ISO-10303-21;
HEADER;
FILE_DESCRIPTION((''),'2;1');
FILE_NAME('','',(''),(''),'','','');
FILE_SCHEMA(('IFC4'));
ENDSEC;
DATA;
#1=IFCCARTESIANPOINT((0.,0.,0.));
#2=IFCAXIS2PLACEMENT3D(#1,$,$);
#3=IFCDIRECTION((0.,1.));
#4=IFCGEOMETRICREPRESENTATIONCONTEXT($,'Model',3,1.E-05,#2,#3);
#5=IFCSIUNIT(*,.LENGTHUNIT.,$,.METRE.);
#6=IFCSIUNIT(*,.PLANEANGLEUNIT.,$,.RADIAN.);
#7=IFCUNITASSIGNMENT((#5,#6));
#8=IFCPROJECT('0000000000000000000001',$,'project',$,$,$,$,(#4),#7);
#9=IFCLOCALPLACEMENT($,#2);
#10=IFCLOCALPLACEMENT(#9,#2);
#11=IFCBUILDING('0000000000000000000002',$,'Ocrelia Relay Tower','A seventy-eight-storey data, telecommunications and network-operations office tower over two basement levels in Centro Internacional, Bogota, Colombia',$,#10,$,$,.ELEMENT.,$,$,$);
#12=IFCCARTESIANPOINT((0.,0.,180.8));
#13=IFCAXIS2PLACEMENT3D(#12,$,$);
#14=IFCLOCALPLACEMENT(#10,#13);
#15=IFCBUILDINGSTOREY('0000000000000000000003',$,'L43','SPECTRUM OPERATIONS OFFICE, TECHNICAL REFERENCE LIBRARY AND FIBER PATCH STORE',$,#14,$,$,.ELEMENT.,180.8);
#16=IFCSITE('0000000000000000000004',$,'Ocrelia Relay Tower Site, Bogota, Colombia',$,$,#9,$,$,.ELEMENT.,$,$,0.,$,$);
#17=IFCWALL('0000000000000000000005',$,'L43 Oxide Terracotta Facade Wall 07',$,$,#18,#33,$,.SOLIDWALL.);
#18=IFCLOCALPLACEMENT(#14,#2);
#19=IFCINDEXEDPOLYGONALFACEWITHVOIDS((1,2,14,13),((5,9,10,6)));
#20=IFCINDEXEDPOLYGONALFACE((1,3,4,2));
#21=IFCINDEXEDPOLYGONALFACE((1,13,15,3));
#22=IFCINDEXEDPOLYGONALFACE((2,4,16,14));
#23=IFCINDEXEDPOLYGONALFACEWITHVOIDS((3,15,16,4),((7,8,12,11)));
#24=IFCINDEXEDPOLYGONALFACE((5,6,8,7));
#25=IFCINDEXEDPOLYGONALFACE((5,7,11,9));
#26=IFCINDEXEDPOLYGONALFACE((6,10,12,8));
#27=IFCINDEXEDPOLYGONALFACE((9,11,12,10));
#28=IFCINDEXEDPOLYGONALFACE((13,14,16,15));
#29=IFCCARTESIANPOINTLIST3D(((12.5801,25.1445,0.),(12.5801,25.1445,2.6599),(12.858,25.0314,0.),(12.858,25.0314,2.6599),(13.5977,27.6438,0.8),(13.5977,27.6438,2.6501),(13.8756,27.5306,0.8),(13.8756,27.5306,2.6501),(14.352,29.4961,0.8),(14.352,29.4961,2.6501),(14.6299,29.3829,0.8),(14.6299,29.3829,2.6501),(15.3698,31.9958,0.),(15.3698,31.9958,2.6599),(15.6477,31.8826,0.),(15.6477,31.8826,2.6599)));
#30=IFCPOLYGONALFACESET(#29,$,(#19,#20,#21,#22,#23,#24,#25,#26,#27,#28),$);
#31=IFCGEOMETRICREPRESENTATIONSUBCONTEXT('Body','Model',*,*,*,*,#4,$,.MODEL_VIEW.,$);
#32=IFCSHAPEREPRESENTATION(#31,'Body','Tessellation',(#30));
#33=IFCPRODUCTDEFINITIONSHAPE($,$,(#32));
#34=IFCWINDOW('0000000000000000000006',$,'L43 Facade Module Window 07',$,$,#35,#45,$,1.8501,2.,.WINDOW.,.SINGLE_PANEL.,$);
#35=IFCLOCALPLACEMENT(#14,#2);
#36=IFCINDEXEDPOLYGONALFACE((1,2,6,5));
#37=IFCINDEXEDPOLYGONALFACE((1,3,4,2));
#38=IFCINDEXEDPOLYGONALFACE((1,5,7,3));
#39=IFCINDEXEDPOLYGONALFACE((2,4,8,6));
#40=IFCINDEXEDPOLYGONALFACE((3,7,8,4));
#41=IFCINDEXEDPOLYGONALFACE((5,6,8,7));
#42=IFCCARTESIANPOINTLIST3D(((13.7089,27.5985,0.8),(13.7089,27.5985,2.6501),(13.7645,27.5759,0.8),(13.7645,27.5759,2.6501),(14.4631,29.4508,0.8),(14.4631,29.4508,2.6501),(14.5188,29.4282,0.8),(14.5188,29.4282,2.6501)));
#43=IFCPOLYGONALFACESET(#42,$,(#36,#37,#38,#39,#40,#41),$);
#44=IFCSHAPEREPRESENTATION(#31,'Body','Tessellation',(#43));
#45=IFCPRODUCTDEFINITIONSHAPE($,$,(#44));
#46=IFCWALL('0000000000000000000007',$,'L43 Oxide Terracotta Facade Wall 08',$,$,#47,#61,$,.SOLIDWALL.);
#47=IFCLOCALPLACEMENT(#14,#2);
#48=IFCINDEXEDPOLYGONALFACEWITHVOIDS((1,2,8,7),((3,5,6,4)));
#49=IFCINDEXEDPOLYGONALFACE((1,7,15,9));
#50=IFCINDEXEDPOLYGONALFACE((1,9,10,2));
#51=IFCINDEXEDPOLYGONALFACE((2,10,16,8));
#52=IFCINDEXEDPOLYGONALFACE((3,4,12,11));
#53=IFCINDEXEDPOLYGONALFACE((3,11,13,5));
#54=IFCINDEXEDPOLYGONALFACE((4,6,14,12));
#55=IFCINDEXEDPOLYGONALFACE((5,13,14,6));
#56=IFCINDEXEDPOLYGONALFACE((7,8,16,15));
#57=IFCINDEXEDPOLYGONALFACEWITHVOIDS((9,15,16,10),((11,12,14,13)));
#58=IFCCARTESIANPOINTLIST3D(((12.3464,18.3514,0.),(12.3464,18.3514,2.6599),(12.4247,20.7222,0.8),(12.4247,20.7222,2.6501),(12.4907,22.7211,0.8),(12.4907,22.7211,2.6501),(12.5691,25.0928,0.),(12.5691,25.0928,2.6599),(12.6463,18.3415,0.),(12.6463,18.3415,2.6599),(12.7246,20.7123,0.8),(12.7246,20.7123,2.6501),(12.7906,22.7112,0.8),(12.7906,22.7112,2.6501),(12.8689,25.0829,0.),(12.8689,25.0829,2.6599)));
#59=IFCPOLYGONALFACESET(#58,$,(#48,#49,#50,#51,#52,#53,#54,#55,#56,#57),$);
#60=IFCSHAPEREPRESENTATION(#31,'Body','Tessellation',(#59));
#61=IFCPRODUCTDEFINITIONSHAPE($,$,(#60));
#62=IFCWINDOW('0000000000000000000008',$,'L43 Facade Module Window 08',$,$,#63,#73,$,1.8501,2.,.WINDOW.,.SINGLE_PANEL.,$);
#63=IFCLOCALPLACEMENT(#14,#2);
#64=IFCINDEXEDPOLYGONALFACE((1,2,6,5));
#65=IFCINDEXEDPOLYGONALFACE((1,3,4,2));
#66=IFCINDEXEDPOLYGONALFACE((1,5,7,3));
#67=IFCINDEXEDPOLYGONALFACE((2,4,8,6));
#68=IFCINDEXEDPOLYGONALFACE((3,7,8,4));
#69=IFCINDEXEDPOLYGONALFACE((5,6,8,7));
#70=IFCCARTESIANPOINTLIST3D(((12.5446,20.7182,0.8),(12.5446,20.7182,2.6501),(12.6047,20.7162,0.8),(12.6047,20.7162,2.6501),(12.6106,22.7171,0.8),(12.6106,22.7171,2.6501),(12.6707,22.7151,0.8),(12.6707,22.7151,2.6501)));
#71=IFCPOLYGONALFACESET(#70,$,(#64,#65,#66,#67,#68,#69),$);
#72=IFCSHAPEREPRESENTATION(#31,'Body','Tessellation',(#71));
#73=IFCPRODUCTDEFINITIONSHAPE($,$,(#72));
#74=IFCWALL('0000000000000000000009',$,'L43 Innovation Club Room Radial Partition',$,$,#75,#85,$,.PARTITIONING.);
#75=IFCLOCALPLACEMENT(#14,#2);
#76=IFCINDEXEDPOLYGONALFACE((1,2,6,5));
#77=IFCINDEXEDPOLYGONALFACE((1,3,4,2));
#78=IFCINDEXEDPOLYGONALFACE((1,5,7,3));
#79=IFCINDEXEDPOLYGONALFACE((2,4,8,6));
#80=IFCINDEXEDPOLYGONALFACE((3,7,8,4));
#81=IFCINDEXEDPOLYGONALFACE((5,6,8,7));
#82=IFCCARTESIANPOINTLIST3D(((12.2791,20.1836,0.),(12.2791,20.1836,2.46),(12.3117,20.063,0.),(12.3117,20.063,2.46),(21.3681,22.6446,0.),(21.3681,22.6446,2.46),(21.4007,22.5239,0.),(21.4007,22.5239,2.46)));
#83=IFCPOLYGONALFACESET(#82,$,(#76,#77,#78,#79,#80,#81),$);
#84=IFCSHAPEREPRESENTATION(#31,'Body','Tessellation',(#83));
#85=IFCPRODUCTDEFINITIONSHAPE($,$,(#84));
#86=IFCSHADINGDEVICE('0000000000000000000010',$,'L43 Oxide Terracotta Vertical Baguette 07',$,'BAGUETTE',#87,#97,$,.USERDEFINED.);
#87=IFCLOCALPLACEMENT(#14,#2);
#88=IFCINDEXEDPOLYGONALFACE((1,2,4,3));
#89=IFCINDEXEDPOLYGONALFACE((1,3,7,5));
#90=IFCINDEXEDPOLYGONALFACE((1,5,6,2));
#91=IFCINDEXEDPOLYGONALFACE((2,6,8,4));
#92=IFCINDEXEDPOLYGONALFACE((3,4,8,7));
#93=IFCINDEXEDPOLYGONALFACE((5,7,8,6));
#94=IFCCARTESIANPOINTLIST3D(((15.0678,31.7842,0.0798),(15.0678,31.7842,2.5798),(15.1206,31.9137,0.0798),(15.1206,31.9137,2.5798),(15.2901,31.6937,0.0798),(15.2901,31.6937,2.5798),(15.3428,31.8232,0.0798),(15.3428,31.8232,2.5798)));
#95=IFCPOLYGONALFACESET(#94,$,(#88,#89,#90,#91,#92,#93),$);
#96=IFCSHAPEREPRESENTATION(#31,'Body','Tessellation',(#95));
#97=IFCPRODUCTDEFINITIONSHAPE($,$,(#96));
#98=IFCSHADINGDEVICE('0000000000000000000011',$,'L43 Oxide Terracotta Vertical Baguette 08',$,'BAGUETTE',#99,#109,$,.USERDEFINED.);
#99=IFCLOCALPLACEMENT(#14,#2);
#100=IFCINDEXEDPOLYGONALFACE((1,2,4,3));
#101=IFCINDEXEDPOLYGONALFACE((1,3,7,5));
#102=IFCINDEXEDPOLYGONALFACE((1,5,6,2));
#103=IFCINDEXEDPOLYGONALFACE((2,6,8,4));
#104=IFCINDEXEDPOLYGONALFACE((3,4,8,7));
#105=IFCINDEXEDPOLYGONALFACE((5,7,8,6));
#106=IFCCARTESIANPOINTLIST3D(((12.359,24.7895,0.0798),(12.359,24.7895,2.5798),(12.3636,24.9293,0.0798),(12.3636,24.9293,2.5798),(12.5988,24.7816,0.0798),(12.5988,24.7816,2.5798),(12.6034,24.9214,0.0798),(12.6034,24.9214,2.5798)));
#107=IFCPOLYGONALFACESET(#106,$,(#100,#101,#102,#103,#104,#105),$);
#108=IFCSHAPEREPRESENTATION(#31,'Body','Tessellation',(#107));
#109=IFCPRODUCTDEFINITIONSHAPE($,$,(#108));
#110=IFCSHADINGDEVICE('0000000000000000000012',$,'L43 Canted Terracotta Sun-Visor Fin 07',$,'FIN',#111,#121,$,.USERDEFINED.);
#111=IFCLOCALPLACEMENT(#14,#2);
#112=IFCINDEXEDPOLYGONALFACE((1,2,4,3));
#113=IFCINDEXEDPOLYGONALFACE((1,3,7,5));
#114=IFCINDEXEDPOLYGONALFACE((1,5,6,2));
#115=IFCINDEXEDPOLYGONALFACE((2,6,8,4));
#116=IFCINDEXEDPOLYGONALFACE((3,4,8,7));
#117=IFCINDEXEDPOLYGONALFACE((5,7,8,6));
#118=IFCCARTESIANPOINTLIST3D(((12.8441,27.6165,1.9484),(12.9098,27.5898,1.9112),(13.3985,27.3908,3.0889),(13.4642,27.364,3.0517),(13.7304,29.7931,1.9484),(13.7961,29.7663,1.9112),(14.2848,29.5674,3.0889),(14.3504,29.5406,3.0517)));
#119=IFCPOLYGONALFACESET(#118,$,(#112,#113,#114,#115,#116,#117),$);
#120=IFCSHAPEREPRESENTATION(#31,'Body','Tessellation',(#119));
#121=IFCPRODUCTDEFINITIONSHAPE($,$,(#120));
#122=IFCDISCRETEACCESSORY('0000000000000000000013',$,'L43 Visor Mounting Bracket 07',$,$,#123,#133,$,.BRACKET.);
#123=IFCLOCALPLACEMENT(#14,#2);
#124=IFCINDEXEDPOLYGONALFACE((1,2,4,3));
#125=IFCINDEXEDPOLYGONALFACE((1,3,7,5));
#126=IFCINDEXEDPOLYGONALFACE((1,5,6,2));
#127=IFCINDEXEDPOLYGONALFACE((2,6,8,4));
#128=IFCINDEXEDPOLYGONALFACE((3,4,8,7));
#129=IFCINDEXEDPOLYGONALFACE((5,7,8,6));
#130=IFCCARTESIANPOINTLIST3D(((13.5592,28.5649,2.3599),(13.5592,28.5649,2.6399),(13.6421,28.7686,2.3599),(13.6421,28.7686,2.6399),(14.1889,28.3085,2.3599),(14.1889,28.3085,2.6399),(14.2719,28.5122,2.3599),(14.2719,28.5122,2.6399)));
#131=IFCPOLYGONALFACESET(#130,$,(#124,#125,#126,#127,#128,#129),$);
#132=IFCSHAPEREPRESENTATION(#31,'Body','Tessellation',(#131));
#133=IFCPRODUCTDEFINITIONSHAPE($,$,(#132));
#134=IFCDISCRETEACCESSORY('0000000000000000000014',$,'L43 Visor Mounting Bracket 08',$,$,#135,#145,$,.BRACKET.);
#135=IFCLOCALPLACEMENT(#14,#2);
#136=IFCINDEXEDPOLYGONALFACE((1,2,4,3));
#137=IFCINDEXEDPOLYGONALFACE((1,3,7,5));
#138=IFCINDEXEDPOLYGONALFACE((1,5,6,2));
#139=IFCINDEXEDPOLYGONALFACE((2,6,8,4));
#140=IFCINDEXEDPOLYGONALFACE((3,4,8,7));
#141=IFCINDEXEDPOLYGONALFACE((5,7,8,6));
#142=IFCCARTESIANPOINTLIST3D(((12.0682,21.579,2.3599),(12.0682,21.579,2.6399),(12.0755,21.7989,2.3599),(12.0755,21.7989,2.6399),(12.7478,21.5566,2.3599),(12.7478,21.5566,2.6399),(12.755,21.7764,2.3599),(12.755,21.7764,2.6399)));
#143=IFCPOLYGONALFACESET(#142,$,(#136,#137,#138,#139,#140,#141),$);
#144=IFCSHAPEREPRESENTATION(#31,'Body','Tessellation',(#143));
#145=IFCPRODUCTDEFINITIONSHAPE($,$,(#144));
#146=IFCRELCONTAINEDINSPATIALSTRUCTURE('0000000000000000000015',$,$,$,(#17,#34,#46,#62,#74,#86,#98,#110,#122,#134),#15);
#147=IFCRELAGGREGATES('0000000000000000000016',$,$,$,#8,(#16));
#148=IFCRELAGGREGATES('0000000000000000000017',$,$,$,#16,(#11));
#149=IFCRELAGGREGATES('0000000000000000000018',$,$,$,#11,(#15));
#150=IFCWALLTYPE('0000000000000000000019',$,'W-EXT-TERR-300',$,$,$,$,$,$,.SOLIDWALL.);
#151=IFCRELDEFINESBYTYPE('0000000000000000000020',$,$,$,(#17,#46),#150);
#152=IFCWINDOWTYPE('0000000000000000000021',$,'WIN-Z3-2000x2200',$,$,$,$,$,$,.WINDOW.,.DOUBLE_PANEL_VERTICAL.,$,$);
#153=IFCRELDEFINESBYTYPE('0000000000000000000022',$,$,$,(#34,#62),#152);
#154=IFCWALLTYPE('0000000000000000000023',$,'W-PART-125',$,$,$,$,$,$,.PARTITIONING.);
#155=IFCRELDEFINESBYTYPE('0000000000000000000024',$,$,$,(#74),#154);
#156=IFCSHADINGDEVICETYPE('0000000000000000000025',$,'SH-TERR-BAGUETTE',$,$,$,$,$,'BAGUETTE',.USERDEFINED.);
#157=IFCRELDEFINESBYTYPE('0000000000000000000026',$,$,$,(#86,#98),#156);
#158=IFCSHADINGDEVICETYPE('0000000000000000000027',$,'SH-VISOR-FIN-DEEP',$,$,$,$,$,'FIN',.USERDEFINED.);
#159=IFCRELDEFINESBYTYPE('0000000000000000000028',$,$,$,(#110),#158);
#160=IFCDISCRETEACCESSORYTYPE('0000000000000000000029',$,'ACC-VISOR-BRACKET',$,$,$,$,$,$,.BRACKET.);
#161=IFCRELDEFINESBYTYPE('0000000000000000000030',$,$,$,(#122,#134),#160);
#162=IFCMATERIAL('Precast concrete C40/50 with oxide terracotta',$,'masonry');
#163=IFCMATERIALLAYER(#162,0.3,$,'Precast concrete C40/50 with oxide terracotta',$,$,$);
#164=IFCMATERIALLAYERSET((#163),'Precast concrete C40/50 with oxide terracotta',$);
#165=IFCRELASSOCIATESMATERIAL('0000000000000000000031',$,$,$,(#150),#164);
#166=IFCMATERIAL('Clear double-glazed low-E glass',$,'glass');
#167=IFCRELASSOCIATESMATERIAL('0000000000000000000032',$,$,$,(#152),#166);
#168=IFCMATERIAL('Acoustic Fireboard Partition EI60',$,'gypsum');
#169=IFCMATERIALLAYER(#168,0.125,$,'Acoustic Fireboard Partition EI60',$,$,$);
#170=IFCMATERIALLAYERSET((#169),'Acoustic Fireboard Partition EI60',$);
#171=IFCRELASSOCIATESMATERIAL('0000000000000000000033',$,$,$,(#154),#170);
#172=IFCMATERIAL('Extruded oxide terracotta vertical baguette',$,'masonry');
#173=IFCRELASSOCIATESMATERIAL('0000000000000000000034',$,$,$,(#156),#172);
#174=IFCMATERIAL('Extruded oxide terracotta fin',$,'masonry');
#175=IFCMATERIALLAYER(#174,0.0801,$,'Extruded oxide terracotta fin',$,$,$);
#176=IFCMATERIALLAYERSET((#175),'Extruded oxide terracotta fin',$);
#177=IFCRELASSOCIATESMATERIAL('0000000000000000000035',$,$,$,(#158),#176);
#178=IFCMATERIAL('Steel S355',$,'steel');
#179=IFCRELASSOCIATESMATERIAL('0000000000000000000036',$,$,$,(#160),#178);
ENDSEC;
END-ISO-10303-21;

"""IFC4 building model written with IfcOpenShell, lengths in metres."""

from ifc_helpers import new_model, si_unit, direction, frame, frame_2d, origin, origin_2d, place, context, subcontext, project, spatial, rectangle, extrude, material, layer, layer_set, type_object, element, fill, save


model = new_model("IFC4")

# Units and contexts
model_context = context("Model", 3, precision=1e-05, world=origin(), true_north=direction((0.0, 1.0)))
body_context = subcontext(model_context, "Body", "Model", "MODEL_VIEW")
ifc_project = project(units=[si_unit("LENGTHUNIT", "METRE"), si_unit("PLANEANGLEUNIT", "RADIAN")], contexts=[model_context])

# Site, building, storey
site_placement = place(None, origin())
site = spatial("IfcSite", under=ifc_project, at=site_placement, Name="Ocrelia Relay Tower Site, Bogota, Colombia", CompositionType="ELEMENT", RefElevation=0.0)
building_placement = place(site_placement, origin())
building = spatial("IfcBuilding", under=site, at=building_placement, Name="Ocrelia Relay Tower", Description="A seventy-eight-storey data, telecommunications and network-operations office tower over two basement levels in Centro Internacional, Bogota, Colombia", CompositionType="ELEMENT")
storey_placement = place(building_placement, frame((0.0, 0.0, 180.8)))
storey = spatial("IfcBuildingStorey", under=building, at=storey_placement, Name="L43", Description="SPECTRUM OPERATIONS OFFICE, TECHNICAL REFERENCE LIBRARY AND FIBER PATCH STORE", CompositionType="ELEMENT", Elevation=180.8)

# Shared definitions
ifc_material_1 = material(Name="Steel S355", Category="steel")

# Walls, openings, windows
ifc_material_2 = material(Name="Precast concrete C40/50 with oxide terracotta", Category="masonry")
ifc_layer_1 = layer(ifc_material_2, 0.3, Name="Precast concrete C40/50 with oxide terracotta")
ifc_layer_set_1 = layer_set([ifc_layer_1], Name="Precast concrete C40/50 with oxide terracotta")
wall_type_1 = type_object("IfcWallType", Name="W-EXT-TERR-300", PredefinedType="SOLIDWALL", material=ifc_layer_set_1)
wall_1_placement = place(storey_placement, frame((15.5088, 31.9392, 0.0), z_axis=(0.0, 0.0, 1.0), x_axis=(-0.377125, -0.926162, 0.0)))
wall_1 = element("IfcWall", 1, at=wall_1_placement, inside=storey, type_object=wall_type_1, Name="L43 Oxide Terracotta Facade Wall 07", PredefinedType="SOLIDWALL", context=body_context, shape_type="SweptSolid", body=[
    extrude(rectangle(XDim=7.3975, YDim=0.3, at=frame_2d((3.6987, 0.0))), origin(), (0.0, 0.0, 1.0), 2.6599),
])
opening_1_placement = place(wall_1_placement, frame((2.699, 0.0, 0.8)))
opening_1 = element("IfcOpeningElement", 2, at=opening_1_placement, cuts=wall_1, PredefinedType="OPENING", context=body_context, shape_type="SweptSolid", body=[
    extrude(rectangle(XDim=2.0, YDim=1.8501, at=frame_2d((1.0, 0.925))), frame((0.0, 0.1602, 0.0), z_axis=(0.0, -1.0, 0.0), x_axis=(1.0, 0.0, 0.0)), (0.0, 0.0, 1.0), 0.3201),
])
ifc_material_3 = material(Name="Clear double-glazed low-E glass", Category="glass")
window_type = type_object("IfcWindowType", Name="WIN-Z3-2000x2200", PartitioningType="DOUBLE_PANEL_VERTICAL", PredefinedType="WINDOW", material=ifc_material_3)
window_1_placement = place(opening_1_placement, origin())
window_1 = element("IfcWindow", 3, at=window_1_placement, inside=storey, type_object=window_type, Name="L43 Facade Module Window 07", OverallHeight=1.8501, OverallWidth=2.0, PartitioningType="SINGLE_PANEL", PredefinedType="WINDOW", context=body_context, shape_type="SweptSolid", body=[
    extrude(rectangle(XDim=2.0, YDim=1.8501, at=frame_2d((1.0, 0.925))), frame((0.0, 0.03, 0.0), z_axis=(0.0, -1.0, 0.0), x_axis=(1.0, 0.0, 0.0)), (0.0, 0.0, 1.0), 0.0601),
])
fill(opening_1, window_1)
wall_2_placement = place(storey_placement, frame((12.719, 25.0879, 0.0), z_axis=(0.0, 0.0, 1.0), x_axis=(-0.03301, -0.999455, 0.0)))
wall_2 = element("IfcWall", 4, at=wall_2_placement, inside=storey, type_object=wall_type_1, Name="L43 Oxide Terracotta Facade Wall 08", PredefinedType="SOLIDWALL", context=body_context, shape_type="SweptSolid", body=[
    extrude(rectangle(XDim=6.7451, YDim=0.3, at=frame_2d((3.3726, 0.0))), origin(), (0.0, 0.0, 1.0), 2.6599),
])
opening_2_placement = place(wall_2_placement, frame((2.373, 0.0, 0.8)))
opening_2 = element("IfcOpeningElement", 5, at=opening_2_placement, cuts=wall_2, PredefinedType="OPENING", context=body_context, shape_type="SweptSolid", body=[
    extrude(rectangle(XDim=2.0, YDim=1.8501, at=frame_2d((1.0, 0.925))), frame((0.0, 0.1602, 0.0), z_axis=(0.0, -1.0, 0.0), x_axis=(1.0, 0.0, 0.0)), (0.0, 0.0, 1.0), 0.3201),
])
window_2_placement = place(opening_2_placement, origin())
window_2 = element("IfcWindow", 6, at=window_2_placement, inside=storey, type_object=window_type, Name="L43 Facade Module Window 08", OverallHeight=1.8501, OverallWidth=2.0, PartitioningType="SINGLE_PANEL", PredefinedType="WINDOW", context=body_context, shape_type="SweptSolid", body=[
    extrude(rectangle(XDim=2.0, YDim=1.8501, at=frame_2d((1.0, 0.925))), frame((0.0, 0.03, 0.0), z_axis=(0.0, -1.0, 0.0), x_axis=(1.0, 0.0, 0.0)), (0.0, 0.0, 1.0), 0.0601),
])
fill(opening_2, window_2)

# Wall
ifc_material_4 = material(Name="Acoustic Fireboard Partition EI60", Category="gypsum")
ifc_layer_2 = layer(ifc_material_4, 0.125, Name="Acoustic Fireboard Partition EI60")
ifc_layer_set_2 = layer_set([ifc_layer_2], Name="Acoustic Fireboard Partition EI60")
wall_type_2 = type_object("IfcWallType", Name="W-PART-125", PredefinedType="PARTITIONING", material=ifc_layer_set_2)
wall_3_placement = place(storey_placement, frame((21.3843, 22.5842, 0.0), z_axis=(0.0, 0.0, 1.0), x_axis=(-0.965243, -0.261353, 0.0)))
element("IfcWall", 7, at=wall_3_placement, inside=storey, type_object=wall_type_2, Name="L43 Innovation Club Room Radial Partition", PredefinedType="PARTITIONING", context=body_context, shape_type="SweptSolid", body=[
    extrude(rectangle(XDim=9.4163, YDim=0.125, at=frame_2d((4.708, 0.0))), origin(), (0.0, 0.0, 1.0), 2.46),
])

# Shading devices
ifc_material_5 = material(Name="Extruded oxide terracotta vertical baguette", Category="masonry")
shading_device_type_1 = type_object("IfcShadingDeviceType", Name="SH-TERR-BAGUETTE", ElementType="BAGUETTE", PredefinedType="USERDEFINED", material=ifc_material_5)
for number, where, z_axis, x_axis, name in (
    (8, (15.2053, 31.8037, 0.0798), (0.0, 0.0, 1.0), (-0.377115, -0.926167, 0.0), "L43 Oxide Terracotta Vertical Baguette 07"),
    (9, (12.4812, 24.8555, 0.0798), (0.0, 0.0, 1.0), (-0.033031, -0.999454, 0.0), "L43 Oxide Terracotta Vertical Baguette 08"),
):
    element("IfcShadingDevice", number, at=place(storey_placement, frame(where, z_axis=z_axis, x_axis=x_axis)), inside=storey, type_object=shading_device_type_1, Name=name, ObjectType="BAGUETTE", PredefinedType="USERDEFINED", context=body_context, shape_type="SweptSolid", body=[
        extrude(rectangle(XDim=0.1399, YDim=0.24, at=origin_2d()), origin(), (0.0, 0.0, 1.0), 2.5),
    ])
ifc_material_6 = material(Name="Extruded oxide terracotta fin", Category="masonry")
ifc_layer_3 = layer(ifc_material_6, 0.0801, Name="Extruded oxide terracotta fin")
ifc_layer_set_3 = layer_set([ifc_layer_3], Name="Extruded oxide terracotta fin")
shading_device_type_2 = type_object("IfcShadingDeviceType", Name="SH-VISOR-FIN-DEEP", ElementType="FIN", PredefinedType="USERDEFINED", material=ifc_layer_set_3)
shading_device_placement = place(storey_placement, frame((13.6301, 28.5652, 2.4814), z_axis=(-0.820097, 0.333926, 0.464688), x_axis=(-0.377115, -0.926167, 0.0)))
element("IfcShadingDevice", 10, at=shading_device_placement, inside=storey, type_object=shading_device_type_2, Name="L43 Canted Terracotta Sun-Visor Fin 07", ObjectType="FIN", PredefinedType="USERDEFINED", context=body_context, shape_type="SweptSolid", body=[
    extrude(rectangle(XDim=2.3501, YDim=1.2881, at=origin_2d()), origin(), (0.0, 0.0, 1.0), 0.0801),
])

# Discrete accessories
discrete_accessory_type = type_object("IfcDiscreteAccessoryType", Name="ACC-VISOR-BRACKET", PredefinedType="BRACKET", material=ifc_material_1)
for number, where, z_axis, x_axis, name in (
    (11, (13.9155, 28.5386, 2.3599), (0.0, 0.0, 1.0), (-0.377115, -0.926167, 0.0), "L43 Visor Mounting Bracket 07"),
    (12, (12.4116, 21.6777, 2.3599), (0.0, 0.0, 1.0), (-0.033031, -0.999454, 0.0), "L43 Visor Mounting Bracket 08"),
):
    element("IfcDiscreteAccessory", number, at=place(storey_placement, frame(where, z_axis=z_axis, x_axis=x_axis)), inside=storey, type_object=discrete_accessory_type, Name=name, PredefinedType="BRACKET", context=body_context, shape_type="SweptSolid", body=[
        extrude(rectangle(XDim=0.22, YDim=0.6799, at=origin_2d()), origin(), (0.0, 0.0, 1.0), 0.28),
    ])

save(model, "model.ifc")
